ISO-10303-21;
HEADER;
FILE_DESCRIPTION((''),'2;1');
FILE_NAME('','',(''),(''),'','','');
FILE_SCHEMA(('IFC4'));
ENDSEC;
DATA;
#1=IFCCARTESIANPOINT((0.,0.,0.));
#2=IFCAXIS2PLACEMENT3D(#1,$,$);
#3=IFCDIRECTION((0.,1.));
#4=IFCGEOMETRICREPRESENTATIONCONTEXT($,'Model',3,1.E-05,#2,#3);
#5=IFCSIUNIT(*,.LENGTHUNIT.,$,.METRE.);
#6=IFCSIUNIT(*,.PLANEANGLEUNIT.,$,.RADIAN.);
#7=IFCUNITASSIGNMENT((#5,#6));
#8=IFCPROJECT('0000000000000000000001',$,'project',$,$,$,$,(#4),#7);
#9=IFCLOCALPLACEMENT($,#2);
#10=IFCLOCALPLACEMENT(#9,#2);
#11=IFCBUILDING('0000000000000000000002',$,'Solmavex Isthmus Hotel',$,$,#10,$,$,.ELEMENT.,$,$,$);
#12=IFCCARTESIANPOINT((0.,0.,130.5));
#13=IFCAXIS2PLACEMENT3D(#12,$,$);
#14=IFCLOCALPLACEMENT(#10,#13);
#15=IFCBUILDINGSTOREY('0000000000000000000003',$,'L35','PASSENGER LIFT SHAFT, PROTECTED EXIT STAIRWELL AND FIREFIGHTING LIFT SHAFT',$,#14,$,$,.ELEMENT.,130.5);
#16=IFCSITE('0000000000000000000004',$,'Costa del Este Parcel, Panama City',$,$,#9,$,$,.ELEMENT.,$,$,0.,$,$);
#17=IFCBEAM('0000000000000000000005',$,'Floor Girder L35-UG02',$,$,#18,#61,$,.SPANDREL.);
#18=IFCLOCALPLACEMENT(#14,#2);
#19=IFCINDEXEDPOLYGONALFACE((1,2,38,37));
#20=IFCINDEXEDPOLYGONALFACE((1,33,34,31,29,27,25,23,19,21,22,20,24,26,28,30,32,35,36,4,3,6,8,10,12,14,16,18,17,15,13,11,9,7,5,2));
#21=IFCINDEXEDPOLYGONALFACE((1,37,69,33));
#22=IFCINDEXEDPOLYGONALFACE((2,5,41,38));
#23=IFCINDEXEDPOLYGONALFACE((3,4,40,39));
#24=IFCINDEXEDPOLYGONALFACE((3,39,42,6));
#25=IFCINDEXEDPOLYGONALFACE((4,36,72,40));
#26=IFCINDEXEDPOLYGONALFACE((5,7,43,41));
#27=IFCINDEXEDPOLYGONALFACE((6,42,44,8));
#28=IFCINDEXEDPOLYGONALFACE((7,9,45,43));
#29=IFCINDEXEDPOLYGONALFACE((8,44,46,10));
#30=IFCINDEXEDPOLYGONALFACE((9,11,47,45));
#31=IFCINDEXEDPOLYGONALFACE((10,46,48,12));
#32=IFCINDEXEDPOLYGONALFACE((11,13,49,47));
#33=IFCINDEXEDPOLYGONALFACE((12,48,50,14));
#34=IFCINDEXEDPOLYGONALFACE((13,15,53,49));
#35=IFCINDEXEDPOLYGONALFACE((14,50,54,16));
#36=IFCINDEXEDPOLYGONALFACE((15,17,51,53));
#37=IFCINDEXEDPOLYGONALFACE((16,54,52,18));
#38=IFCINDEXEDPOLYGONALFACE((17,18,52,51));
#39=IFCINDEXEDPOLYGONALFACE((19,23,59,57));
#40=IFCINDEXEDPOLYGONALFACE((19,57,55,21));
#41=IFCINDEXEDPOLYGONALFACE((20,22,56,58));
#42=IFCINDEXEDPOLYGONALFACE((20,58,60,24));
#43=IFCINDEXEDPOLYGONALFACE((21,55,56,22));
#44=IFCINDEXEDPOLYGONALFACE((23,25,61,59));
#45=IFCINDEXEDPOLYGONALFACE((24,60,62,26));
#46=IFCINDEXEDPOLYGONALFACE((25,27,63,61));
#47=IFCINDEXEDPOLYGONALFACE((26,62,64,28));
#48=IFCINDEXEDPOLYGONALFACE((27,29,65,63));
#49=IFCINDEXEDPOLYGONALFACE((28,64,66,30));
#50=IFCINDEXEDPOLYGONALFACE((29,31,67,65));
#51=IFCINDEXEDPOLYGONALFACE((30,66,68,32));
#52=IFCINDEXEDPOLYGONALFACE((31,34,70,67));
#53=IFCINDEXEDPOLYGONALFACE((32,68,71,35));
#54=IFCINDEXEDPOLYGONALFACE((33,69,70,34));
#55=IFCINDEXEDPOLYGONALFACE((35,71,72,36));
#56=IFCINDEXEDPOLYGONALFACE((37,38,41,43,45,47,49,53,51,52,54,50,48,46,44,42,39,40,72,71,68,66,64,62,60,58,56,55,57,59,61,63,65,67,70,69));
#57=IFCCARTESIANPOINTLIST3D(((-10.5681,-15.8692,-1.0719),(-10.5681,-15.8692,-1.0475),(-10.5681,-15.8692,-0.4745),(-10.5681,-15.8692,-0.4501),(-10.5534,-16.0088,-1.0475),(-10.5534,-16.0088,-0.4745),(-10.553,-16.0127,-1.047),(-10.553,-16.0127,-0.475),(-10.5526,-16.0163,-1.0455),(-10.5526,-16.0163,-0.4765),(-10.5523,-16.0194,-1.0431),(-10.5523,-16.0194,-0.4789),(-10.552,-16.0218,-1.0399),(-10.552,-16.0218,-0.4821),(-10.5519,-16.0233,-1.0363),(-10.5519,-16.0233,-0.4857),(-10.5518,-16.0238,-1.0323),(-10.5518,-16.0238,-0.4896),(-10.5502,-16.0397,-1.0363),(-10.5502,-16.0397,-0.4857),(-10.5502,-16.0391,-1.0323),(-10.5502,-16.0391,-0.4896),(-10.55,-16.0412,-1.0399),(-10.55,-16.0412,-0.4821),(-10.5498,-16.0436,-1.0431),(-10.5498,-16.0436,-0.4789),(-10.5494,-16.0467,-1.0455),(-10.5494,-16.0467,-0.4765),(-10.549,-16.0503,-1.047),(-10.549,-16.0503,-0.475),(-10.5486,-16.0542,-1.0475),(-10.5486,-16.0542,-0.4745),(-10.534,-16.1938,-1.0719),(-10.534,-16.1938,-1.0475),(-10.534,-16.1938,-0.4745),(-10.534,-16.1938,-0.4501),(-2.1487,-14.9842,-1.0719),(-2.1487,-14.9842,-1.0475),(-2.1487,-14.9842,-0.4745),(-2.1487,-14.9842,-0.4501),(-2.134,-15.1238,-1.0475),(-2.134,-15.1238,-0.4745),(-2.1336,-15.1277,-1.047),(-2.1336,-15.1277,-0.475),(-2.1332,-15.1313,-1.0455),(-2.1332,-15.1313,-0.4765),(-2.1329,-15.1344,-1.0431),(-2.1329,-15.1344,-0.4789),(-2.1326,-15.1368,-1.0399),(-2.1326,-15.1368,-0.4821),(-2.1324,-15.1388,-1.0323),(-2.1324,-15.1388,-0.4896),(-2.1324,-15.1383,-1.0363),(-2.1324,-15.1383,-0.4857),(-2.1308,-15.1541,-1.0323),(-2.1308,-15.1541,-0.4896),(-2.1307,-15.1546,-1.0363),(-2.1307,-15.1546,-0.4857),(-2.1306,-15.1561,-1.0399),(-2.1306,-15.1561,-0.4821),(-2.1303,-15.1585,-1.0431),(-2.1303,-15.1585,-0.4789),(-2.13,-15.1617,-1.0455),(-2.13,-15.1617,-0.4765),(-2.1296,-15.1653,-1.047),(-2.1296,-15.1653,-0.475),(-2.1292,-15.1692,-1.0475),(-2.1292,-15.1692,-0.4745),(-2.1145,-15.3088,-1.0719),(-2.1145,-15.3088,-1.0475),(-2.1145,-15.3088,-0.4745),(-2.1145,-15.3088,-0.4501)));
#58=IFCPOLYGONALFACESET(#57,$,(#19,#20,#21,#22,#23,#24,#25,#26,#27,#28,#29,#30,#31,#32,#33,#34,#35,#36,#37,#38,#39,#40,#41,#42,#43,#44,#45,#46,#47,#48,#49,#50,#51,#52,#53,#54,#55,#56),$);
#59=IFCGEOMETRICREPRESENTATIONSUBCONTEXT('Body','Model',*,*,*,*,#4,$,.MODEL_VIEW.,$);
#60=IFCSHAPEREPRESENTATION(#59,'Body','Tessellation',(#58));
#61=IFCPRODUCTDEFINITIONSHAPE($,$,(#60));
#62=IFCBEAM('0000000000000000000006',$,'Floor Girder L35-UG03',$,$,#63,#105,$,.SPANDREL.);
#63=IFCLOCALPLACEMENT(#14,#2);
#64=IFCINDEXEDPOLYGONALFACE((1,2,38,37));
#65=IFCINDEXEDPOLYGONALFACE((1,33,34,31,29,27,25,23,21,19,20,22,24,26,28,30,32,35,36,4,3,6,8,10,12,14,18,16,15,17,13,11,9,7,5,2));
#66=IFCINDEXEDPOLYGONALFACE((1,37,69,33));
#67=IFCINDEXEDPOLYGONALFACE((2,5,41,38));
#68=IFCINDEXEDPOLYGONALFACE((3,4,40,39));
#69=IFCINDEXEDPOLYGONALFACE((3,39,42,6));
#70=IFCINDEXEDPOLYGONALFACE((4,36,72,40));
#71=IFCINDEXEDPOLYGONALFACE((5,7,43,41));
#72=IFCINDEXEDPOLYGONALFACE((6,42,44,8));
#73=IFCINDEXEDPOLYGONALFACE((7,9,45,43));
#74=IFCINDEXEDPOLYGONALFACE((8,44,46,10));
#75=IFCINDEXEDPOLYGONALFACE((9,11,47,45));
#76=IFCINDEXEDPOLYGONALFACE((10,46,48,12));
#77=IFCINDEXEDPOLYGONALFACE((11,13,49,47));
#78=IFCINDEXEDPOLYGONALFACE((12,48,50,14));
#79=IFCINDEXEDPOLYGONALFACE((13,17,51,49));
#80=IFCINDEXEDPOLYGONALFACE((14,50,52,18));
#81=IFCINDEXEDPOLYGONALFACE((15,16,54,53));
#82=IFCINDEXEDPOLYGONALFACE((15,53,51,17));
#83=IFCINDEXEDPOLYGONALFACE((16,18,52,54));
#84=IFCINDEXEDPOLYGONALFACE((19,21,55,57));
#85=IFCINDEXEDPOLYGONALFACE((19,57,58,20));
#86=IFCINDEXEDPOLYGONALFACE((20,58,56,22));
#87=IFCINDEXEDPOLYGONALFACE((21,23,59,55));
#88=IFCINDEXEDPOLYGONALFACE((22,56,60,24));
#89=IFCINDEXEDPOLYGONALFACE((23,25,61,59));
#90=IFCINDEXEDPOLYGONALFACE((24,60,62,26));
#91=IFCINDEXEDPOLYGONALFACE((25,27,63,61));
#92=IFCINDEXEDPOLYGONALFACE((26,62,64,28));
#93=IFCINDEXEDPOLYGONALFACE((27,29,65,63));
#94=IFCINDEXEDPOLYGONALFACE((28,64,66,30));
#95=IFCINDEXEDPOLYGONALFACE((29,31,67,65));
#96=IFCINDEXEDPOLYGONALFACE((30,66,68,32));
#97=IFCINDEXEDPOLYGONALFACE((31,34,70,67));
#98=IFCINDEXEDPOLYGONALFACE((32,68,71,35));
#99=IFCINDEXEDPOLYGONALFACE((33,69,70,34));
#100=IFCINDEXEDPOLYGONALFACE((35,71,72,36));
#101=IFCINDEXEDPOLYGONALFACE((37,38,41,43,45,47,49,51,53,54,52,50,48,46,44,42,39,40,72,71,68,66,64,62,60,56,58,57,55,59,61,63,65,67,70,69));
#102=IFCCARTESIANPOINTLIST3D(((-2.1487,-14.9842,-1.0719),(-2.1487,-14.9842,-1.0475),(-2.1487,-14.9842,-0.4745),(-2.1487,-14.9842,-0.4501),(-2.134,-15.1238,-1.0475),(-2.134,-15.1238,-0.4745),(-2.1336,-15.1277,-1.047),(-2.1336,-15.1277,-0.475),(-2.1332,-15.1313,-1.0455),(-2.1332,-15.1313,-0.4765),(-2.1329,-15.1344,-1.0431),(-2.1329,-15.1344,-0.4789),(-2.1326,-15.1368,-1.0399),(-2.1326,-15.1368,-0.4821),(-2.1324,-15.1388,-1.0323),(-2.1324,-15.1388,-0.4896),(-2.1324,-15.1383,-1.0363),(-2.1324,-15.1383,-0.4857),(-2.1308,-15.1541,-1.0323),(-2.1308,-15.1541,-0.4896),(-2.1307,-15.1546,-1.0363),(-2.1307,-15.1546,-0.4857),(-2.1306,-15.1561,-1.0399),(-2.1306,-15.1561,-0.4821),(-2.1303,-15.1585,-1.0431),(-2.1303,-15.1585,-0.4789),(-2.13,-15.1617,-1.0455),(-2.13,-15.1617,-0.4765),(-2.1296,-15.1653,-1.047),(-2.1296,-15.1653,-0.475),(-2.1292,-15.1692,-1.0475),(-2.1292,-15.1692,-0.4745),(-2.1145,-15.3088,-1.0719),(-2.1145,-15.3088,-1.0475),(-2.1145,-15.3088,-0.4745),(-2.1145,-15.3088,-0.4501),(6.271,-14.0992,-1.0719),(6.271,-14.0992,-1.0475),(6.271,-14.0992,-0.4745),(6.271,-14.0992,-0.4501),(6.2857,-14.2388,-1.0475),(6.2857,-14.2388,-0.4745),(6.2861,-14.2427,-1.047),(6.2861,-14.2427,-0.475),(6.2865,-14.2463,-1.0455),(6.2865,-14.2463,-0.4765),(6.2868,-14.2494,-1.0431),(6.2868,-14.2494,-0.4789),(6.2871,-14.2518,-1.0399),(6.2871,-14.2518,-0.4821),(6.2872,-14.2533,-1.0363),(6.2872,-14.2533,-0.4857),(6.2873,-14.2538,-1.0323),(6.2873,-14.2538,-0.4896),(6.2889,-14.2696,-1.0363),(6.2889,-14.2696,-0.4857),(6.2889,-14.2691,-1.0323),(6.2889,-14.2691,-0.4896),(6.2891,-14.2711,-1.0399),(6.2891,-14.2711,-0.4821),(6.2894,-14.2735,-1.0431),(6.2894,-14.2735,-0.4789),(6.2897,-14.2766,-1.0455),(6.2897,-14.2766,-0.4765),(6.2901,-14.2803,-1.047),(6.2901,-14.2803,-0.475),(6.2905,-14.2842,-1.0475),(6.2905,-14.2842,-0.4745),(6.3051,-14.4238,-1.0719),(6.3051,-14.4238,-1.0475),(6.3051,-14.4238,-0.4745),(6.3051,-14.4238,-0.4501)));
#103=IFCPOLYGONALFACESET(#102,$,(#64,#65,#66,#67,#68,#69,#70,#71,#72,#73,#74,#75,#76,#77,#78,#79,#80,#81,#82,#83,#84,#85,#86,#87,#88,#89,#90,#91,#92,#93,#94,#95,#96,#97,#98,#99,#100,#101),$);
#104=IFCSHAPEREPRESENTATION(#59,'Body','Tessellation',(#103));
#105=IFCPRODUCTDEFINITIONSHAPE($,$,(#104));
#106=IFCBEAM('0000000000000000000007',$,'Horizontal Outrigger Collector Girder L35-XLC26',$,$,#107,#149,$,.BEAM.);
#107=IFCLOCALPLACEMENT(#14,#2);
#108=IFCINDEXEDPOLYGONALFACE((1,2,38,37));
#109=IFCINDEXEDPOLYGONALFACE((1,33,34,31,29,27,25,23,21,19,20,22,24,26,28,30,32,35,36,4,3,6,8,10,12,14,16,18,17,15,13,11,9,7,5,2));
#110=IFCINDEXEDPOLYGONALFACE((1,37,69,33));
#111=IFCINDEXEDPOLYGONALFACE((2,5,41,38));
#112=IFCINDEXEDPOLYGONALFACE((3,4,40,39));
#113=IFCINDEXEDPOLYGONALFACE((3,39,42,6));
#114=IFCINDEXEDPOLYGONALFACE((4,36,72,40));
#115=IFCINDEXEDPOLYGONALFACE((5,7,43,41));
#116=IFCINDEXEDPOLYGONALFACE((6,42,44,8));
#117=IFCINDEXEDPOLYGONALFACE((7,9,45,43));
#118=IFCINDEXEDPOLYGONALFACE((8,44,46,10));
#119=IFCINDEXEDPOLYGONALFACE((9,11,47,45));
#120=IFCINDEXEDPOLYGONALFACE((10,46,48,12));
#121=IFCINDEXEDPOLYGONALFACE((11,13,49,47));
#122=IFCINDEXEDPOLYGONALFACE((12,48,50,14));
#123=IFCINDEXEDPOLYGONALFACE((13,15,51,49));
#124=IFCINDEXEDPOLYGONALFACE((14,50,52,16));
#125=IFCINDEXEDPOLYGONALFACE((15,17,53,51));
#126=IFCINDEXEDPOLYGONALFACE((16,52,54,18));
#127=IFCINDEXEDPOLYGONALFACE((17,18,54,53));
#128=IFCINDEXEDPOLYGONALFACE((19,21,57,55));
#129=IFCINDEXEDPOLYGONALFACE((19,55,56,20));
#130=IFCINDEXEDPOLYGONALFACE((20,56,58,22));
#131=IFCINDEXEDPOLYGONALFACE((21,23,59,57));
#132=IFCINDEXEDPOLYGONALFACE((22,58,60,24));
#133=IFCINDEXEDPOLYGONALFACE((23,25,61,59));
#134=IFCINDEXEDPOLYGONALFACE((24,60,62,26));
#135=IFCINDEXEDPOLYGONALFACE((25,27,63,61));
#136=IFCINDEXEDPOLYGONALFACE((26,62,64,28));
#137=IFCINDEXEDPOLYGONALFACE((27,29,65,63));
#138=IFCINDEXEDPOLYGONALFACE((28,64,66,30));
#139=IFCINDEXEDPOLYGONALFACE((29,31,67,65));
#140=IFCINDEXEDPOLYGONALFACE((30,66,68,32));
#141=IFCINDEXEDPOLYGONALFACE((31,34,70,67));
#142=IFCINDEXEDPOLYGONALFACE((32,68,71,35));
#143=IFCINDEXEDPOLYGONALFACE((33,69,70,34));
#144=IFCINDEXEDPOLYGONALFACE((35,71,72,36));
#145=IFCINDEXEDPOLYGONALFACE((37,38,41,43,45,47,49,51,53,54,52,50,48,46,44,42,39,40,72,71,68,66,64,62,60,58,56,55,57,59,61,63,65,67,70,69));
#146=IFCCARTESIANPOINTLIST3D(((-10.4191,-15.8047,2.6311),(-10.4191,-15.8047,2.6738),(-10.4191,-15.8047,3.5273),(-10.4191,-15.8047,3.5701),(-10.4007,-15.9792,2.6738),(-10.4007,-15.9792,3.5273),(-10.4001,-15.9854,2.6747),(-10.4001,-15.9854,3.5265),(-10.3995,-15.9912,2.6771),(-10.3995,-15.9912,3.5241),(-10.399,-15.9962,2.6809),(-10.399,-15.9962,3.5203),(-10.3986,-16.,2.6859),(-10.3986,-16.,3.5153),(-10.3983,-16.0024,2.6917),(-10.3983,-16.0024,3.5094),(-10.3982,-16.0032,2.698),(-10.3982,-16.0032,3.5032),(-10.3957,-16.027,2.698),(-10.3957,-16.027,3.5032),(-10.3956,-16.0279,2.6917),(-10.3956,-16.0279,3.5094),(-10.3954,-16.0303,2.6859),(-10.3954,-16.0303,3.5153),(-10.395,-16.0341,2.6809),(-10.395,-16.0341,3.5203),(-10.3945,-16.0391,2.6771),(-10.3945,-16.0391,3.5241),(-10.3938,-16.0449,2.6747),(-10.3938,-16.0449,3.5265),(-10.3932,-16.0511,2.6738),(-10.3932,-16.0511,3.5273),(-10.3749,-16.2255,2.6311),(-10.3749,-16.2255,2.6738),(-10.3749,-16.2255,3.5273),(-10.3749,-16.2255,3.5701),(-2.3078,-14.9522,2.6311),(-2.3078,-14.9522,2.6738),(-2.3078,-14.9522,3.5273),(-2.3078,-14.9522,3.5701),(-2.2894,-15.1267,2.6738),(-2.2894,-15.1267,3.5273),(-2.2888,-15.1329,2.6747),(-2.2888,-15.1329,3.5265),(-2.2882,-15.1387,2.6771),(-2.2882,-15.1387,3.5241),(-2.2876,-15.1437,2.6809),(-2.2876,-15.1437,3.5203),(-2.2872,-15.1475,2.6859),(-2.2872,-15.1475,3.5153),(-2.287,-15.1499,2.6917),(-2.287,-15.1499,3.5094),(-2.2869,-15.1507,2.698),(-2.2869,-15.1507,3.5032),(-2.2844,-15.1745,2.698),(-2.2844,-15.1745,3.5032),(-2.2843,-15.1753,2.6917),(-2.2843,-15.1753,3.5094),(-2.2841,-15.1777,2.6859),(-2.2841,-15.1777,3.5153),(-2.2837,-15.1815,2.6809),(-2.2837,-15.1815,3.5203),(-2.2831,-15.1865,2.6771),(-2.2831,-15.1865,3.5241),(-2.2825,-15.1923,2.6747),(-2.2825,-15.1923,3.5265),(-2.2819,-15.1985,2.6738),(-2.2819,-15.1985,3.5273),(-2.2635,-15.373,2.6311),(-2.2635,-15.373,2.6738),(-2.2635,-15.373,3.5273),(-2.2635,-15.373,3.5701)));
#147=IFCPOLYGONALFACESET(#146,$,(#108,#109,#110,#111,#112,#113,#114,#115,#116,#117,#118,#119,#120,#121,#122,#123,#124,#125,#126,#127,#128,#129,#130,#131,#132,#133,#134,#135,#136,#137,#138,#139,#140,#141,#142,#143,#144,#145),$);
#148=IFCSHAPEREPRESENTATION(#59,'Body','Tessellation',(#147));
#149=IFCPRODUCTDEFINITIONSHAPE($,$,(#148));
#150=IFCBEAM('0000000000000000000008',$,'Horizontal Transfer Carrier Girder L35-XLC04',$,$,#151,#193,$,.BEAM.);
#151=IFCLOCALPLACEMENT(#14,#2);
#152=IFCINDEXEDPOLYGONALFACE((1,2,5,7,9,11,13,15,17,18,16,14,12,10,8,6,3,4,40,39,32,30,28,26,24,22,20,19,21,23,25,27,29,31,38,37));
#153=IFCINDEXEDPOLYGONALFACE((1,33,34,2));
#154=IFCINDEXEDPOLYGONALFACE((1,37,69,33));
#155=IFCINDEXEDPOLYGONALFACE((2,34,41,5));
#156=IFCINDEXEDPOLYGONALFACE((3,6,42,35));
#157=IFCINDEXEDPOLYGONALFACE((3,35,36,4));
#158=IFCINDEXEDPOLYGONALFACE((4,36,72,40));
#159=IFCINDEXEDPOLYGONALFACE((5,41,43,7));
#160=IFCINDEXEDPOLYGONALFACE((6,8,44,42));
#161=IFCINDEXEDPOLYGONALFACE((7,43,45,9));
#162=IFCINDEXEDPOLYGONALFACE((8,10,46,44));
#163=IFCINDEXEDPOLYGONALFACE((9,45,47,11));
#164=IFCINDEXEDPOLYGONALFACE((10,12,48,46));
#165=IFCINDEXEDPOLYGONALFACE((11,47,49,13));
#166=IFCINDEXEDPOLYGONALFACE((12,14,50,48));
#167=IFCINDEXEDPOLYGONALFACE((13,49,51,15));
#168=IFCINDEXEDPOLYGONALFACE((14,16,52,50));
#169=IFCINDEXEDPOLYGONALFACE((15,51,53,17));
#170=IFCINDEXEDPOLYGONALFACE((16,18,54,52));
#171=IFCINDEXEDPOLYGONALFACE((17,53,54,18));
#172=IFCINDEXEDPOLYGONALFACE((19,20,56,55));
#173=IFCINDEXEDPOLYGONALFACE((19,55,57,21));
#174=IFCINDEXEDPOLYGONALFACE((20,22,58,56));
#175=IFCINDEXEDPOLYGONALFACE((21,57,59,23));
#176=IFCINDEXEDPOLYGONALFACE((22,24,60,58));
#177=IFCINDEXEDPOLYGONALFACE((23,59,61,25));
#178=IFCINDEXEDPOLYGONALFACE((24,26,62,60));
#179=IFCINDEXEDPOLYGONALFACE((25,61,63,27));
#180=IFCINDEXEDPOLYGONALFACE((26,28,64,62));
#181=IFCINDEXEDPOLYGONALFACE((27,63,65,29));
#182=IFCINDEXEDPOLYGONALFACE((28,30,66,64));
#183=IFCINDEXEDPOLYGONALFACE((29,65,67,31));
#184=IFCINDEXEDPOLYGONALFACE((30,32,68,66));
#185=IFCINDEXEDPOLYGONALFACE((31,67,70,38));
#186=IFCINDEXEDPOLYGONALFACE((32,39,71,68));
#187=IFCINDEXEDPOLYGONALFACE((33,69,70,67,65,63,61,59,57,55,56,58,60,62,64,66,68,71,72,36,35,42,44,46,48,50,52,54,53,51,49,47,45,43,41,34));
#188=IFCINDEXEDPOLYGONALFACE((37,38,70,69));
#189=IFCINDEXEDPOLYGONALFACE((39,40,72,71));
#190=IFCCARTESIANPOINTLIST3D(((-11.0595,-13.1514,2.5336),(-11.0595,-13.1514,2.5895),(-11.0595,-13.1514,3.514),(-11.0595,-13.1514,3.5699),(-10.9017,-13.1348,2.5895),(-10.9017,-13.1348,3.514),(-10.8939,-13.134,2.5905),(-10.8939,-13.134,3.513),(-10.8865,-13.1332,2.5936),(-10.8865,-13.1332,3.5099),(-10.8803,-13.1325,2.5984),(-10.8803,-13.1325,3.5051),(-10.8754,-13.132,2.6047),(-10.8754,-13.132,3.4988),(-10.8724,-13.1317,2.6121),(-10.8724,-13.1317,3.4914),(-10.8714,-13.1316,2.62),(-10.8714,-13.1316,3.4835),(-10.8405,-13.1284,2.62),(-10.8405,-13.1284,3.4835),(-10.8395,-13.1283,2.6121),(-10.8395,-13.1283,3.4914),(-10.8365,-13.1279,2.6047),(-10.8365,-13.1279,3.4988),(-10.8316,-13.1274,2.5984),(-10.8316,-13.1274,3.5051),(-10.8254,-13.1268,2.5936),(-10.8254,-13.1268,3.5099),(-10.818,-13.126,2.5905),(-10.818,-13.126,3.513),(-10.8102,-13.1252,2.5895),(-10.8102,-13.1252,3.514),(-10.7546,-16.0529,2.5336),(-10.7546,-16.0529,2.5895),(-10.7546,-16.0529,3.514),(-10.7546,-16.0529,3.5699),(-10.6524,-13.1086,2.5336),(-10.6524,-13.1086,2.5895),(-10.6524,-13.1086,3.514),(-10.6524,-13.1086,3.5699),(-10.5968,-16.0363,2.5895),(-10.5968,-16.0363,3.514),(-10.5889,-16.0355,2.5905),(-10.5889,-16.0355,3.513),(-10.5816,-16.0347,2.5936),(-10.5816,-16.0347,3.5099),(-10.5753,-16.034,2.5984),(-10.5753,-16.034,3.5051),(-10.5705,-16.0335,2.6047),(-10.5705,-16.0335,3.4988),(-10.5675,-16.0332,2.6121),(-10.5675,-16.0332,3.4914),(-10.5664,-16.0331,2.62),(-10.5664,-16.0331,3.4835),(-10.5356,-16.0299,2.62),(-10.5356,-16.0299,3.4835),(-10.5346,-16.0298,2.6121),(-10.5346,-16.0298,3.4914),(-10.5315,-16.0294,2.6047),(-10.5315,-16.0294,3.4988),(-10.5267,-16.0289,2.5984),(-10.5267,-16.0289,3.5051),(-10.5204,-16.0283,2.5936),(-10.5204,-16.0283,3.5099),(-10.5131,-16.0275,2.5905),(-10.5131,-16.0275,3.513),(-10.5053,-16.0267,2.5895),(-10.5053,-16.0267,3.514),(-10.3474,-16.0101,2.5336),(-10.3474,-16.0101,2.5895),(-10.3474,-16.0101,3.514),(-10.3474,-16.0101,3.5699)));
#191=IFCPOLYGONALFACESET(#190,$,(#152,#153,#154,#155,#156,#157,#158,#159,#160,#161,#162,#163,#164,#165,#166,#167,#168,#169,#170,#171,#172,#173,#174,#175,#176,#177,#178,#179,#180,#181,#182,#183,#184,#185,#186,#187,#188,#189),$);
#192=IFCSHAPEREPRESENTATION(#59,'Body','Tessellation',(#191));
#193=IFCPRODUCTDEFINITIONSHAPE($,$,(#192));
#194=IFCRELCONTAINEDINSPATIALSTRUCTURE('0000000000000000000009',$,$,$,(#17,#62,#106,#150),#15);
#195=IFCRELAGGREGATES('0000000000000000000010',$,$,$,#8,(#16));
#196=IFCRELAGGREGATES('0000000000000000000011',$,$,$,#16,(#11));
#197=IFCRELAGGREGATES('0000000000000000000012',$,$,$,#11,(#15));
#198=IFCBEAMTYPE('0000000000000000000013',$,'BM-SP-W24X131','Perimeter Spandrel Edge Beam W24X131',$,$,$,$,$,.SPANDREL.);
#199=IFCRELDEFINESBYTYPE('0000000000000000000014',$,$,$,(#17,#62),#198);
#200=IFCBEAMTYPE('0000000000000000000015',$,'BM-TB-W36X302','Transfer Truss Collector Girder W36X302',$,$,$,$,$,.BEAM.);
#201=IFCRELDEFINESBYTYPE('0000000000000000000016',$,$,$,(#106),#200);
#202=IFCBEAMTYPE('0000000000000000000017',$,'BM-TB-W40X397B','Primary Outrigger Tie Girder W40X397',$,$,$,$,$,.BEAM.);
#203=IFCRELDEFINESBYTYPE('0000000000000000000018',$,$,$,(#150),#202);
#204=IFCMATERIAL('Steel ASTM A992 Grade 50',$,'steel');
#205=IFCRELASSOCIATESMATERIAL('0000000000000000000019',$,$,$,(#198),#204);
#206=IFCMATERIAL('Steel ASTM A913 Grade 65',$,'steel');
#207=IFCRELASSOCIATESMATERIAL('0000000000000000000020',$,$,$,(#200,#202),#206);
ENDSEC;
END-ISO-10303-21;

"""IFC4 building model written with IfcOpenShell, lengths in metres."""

from ifc_helpers import new_model, si_unit, direction, frame, origin, origin_2d, place, context, subcontext, project, spatial, i_section, extrude, material, material_profile, profile_set, type_object, element, save


model = new_model("IFC4")

# Units and contexts
model_context = context("Model", 3, precision=1e-05, world=origin(), true_north=direction((0.0, 1.0)))
body_context = subcontext(model_context, "Body", "Model", "MODEL_VIEW")
ifc_project = project(units=[si_unit("LENGTHUNIT", "METRE"), si_unit("PLANEANGLEUNIT", "RADIAN")], contexts=[model_context])

# Site, building, storey
site_placement = place(None, origin())
site = spatial("IfcSite", under=ifc_project, at=site_placement, Name="Costa del Este Parcel, Panama City", CompositionType="ELEMENT", RefElevation=0.0)
building_placement = place(site_placement, origin())
building = spatial("IfcBuilding", under=site, at=building_placement, Name="Solmavex Isthmus Hotel", CompositionType="ELEMENT")
storey_placement = place(building_placement, frame((0.0, 0.0, 130.5)))
storey = spatial("IfcBuildingStorey", under=building, at=storey_placement, Name="L35", Description="PASSENGER LIFT SHAFT, PROTECTED EXIT STAIRWELL AND FIREFIGHTING LIFT SHAFT", CompositionType="ELEMENT", Elevation=130.5)

# Shared definitions
ifc_material_1 = material(Name="Steel ASTM A913 Grade 65", Category="steel")

# Beams
ifc_material_2 = material(Name="Steel ASTM A992 Grade 50", Category="steel")
ifc_material_profile_1 = material_profile(ifc_material_2, i_section(OverallWidth=0.3264, OverallDepth=0.6218, WebThickness=0.0154, FlangeThickness=0.0244, FilletRadius=0.0151, at=origin_2d()), Name="W24X131")
ifc_profile_set_1 = profile_set([ifc_material_profile_1], Name="Steel ASTM A992 Grade 50")
beam_type_1 = type_object("IfcBeamType", Name="BM-SP-W24X131", Description="Perimeter Spandrel Edge Beam W24X131", PredefinedType="SPANDREL", material=ifc_profile_set_1)
beam_1_placement = place(storey_placement, frame((-10.551, -16.0315, -0.761), z_axis=(0.994521, 0.104539, 0.0), x_axis=(-0.104539, 0.994521, 0.0)))
element("IfcBeam", 1, at=beam_1_placement, inside=storey, type_object=beam_type_1, Name="Floor Girder L35-UG02", PredefinedType="SPANDREL", context=body_context, shape_type="SweptSolid", body=[
    extrude(i_section(OverallWidth=0.3264, OverallDepth=0.6218, WebThickness=0.0154, FlangeThickness=0.0244, FilletRadius=0.0151, at=origin_2d()), origin(), (0.0, 0.0, 1.0), 8.4658),
])
beam_2_placement = place(storey_placement, frame((-2.1316, -15.1465, -0.761), z_axis=(0.994521, 0.104536, 0.0), x_axis=(-0.104536, 0.994521, 0.0)))
element("IfcBeam", 2, at=beam_2_placement, inside=storey, type_object=beam_type_1, Name="Floor Girder L35-UG03", PredefinedType="SPANDREL", context=body_context, shape_type="SweptSolid", body=[
    extrude(i_section(OverallWidth=0.3264, OverallDepth=0.6218, WebThickness=0.0154, FlangeThickness=0.0244, FilletRadius=0.0151, at=origin_2d()), origin(), (0.0, 0.0, 1.0), 8.4661),
])
ifc_material_profile_2 = material_profile(ifc_material_1, i_section(OverallWidth=0.4231, OverallDepth=0.939, WebThickness=0.0239, FlangeThickness=0.0427, FilletRadius=0.0242, at=origin_2d()), Name="W36X302")
ifc_profile_set_2 = profile_set([ifc_material_profile_2], Name="Steel ASTM A913 Grade 65")
beam_type_2 = type_object("IfcBeamType", Name="BM-TB-W36X302", Description="Transfer Truss Collector Girder W36X302", PredefinedType="BEAM", material=ifc_profile_set_2)
beam_3_placement = place(storey_placement, frame((-10.397, -16.0151, 3.1006), z_axis=(0.994522, 0.104529, 0.0), x_axis=(-0.104529, 0.994522, 0.0)))
element("IfcBeam", 3, at=beam_3_placement, inside=storey, type_object=beam_type_2, Name="Horizontal Outrigger Collector Girder L35-XLC26", PredefinedType="BEAM", context=body_context, shape_type="SweptSolid", body=[
    extrude(i_section(OverallWidth=0.4231, OverallDepth=0.939, WebThickness=0.0239, FlangeThickness=0.0427, FilletRadius=0.0242, at=origin_2d()), origin(), (0.0, 0.0, 1.0), 8.156),
])
ifc_material_profile_3 = material_profile(ifc_material_1, i_section(OverallWidth=0.4094, OverallDepth=1.0364, WebThickness=0.031, FlangeThickness=0.0559, FilletRadius=0.0305, at=origin_2d()), Name="W40X397")
ifc_profile_set_3 = profile_set([ifc_material_profile_3], Name="Steel ASTM A913 Grade 65")
beam_type_3 = type_object("IfcBeamType", Name="BM-TB-W40X397B", Description="Primary Outrigger Tie Girder W40X397", PredefinedType="BEAM", material=ifc_profile_set_3)
beam_4_placement = place(storey_placement, frame((-10.551, -16.0315, 3.0518), z_axis=(-0.104515, 0.994523, 0.0), x_axis=(-0.994523, -0.104515, 0.0)))
element("IfcBeam", 4, at=beam_4_placement, inside=storey, type_object=beam_type_3, Name="Horizontal Transfer Carrier Girder L35-XLC04", PredefinedType="BEAM", context=body_context, shape_type="SweptSolid", body=[
    extrude(i_section(OverallWidth=0.4094, OverallDepth=1.0364, WebThickness=0.031, FlangeThickness=0.0559, FilletRadius=0.0305, at=origin_2d()), origin(), (0.0, 0.0, 1.0), 2.9175),
])

save(model, "model.ifc")
